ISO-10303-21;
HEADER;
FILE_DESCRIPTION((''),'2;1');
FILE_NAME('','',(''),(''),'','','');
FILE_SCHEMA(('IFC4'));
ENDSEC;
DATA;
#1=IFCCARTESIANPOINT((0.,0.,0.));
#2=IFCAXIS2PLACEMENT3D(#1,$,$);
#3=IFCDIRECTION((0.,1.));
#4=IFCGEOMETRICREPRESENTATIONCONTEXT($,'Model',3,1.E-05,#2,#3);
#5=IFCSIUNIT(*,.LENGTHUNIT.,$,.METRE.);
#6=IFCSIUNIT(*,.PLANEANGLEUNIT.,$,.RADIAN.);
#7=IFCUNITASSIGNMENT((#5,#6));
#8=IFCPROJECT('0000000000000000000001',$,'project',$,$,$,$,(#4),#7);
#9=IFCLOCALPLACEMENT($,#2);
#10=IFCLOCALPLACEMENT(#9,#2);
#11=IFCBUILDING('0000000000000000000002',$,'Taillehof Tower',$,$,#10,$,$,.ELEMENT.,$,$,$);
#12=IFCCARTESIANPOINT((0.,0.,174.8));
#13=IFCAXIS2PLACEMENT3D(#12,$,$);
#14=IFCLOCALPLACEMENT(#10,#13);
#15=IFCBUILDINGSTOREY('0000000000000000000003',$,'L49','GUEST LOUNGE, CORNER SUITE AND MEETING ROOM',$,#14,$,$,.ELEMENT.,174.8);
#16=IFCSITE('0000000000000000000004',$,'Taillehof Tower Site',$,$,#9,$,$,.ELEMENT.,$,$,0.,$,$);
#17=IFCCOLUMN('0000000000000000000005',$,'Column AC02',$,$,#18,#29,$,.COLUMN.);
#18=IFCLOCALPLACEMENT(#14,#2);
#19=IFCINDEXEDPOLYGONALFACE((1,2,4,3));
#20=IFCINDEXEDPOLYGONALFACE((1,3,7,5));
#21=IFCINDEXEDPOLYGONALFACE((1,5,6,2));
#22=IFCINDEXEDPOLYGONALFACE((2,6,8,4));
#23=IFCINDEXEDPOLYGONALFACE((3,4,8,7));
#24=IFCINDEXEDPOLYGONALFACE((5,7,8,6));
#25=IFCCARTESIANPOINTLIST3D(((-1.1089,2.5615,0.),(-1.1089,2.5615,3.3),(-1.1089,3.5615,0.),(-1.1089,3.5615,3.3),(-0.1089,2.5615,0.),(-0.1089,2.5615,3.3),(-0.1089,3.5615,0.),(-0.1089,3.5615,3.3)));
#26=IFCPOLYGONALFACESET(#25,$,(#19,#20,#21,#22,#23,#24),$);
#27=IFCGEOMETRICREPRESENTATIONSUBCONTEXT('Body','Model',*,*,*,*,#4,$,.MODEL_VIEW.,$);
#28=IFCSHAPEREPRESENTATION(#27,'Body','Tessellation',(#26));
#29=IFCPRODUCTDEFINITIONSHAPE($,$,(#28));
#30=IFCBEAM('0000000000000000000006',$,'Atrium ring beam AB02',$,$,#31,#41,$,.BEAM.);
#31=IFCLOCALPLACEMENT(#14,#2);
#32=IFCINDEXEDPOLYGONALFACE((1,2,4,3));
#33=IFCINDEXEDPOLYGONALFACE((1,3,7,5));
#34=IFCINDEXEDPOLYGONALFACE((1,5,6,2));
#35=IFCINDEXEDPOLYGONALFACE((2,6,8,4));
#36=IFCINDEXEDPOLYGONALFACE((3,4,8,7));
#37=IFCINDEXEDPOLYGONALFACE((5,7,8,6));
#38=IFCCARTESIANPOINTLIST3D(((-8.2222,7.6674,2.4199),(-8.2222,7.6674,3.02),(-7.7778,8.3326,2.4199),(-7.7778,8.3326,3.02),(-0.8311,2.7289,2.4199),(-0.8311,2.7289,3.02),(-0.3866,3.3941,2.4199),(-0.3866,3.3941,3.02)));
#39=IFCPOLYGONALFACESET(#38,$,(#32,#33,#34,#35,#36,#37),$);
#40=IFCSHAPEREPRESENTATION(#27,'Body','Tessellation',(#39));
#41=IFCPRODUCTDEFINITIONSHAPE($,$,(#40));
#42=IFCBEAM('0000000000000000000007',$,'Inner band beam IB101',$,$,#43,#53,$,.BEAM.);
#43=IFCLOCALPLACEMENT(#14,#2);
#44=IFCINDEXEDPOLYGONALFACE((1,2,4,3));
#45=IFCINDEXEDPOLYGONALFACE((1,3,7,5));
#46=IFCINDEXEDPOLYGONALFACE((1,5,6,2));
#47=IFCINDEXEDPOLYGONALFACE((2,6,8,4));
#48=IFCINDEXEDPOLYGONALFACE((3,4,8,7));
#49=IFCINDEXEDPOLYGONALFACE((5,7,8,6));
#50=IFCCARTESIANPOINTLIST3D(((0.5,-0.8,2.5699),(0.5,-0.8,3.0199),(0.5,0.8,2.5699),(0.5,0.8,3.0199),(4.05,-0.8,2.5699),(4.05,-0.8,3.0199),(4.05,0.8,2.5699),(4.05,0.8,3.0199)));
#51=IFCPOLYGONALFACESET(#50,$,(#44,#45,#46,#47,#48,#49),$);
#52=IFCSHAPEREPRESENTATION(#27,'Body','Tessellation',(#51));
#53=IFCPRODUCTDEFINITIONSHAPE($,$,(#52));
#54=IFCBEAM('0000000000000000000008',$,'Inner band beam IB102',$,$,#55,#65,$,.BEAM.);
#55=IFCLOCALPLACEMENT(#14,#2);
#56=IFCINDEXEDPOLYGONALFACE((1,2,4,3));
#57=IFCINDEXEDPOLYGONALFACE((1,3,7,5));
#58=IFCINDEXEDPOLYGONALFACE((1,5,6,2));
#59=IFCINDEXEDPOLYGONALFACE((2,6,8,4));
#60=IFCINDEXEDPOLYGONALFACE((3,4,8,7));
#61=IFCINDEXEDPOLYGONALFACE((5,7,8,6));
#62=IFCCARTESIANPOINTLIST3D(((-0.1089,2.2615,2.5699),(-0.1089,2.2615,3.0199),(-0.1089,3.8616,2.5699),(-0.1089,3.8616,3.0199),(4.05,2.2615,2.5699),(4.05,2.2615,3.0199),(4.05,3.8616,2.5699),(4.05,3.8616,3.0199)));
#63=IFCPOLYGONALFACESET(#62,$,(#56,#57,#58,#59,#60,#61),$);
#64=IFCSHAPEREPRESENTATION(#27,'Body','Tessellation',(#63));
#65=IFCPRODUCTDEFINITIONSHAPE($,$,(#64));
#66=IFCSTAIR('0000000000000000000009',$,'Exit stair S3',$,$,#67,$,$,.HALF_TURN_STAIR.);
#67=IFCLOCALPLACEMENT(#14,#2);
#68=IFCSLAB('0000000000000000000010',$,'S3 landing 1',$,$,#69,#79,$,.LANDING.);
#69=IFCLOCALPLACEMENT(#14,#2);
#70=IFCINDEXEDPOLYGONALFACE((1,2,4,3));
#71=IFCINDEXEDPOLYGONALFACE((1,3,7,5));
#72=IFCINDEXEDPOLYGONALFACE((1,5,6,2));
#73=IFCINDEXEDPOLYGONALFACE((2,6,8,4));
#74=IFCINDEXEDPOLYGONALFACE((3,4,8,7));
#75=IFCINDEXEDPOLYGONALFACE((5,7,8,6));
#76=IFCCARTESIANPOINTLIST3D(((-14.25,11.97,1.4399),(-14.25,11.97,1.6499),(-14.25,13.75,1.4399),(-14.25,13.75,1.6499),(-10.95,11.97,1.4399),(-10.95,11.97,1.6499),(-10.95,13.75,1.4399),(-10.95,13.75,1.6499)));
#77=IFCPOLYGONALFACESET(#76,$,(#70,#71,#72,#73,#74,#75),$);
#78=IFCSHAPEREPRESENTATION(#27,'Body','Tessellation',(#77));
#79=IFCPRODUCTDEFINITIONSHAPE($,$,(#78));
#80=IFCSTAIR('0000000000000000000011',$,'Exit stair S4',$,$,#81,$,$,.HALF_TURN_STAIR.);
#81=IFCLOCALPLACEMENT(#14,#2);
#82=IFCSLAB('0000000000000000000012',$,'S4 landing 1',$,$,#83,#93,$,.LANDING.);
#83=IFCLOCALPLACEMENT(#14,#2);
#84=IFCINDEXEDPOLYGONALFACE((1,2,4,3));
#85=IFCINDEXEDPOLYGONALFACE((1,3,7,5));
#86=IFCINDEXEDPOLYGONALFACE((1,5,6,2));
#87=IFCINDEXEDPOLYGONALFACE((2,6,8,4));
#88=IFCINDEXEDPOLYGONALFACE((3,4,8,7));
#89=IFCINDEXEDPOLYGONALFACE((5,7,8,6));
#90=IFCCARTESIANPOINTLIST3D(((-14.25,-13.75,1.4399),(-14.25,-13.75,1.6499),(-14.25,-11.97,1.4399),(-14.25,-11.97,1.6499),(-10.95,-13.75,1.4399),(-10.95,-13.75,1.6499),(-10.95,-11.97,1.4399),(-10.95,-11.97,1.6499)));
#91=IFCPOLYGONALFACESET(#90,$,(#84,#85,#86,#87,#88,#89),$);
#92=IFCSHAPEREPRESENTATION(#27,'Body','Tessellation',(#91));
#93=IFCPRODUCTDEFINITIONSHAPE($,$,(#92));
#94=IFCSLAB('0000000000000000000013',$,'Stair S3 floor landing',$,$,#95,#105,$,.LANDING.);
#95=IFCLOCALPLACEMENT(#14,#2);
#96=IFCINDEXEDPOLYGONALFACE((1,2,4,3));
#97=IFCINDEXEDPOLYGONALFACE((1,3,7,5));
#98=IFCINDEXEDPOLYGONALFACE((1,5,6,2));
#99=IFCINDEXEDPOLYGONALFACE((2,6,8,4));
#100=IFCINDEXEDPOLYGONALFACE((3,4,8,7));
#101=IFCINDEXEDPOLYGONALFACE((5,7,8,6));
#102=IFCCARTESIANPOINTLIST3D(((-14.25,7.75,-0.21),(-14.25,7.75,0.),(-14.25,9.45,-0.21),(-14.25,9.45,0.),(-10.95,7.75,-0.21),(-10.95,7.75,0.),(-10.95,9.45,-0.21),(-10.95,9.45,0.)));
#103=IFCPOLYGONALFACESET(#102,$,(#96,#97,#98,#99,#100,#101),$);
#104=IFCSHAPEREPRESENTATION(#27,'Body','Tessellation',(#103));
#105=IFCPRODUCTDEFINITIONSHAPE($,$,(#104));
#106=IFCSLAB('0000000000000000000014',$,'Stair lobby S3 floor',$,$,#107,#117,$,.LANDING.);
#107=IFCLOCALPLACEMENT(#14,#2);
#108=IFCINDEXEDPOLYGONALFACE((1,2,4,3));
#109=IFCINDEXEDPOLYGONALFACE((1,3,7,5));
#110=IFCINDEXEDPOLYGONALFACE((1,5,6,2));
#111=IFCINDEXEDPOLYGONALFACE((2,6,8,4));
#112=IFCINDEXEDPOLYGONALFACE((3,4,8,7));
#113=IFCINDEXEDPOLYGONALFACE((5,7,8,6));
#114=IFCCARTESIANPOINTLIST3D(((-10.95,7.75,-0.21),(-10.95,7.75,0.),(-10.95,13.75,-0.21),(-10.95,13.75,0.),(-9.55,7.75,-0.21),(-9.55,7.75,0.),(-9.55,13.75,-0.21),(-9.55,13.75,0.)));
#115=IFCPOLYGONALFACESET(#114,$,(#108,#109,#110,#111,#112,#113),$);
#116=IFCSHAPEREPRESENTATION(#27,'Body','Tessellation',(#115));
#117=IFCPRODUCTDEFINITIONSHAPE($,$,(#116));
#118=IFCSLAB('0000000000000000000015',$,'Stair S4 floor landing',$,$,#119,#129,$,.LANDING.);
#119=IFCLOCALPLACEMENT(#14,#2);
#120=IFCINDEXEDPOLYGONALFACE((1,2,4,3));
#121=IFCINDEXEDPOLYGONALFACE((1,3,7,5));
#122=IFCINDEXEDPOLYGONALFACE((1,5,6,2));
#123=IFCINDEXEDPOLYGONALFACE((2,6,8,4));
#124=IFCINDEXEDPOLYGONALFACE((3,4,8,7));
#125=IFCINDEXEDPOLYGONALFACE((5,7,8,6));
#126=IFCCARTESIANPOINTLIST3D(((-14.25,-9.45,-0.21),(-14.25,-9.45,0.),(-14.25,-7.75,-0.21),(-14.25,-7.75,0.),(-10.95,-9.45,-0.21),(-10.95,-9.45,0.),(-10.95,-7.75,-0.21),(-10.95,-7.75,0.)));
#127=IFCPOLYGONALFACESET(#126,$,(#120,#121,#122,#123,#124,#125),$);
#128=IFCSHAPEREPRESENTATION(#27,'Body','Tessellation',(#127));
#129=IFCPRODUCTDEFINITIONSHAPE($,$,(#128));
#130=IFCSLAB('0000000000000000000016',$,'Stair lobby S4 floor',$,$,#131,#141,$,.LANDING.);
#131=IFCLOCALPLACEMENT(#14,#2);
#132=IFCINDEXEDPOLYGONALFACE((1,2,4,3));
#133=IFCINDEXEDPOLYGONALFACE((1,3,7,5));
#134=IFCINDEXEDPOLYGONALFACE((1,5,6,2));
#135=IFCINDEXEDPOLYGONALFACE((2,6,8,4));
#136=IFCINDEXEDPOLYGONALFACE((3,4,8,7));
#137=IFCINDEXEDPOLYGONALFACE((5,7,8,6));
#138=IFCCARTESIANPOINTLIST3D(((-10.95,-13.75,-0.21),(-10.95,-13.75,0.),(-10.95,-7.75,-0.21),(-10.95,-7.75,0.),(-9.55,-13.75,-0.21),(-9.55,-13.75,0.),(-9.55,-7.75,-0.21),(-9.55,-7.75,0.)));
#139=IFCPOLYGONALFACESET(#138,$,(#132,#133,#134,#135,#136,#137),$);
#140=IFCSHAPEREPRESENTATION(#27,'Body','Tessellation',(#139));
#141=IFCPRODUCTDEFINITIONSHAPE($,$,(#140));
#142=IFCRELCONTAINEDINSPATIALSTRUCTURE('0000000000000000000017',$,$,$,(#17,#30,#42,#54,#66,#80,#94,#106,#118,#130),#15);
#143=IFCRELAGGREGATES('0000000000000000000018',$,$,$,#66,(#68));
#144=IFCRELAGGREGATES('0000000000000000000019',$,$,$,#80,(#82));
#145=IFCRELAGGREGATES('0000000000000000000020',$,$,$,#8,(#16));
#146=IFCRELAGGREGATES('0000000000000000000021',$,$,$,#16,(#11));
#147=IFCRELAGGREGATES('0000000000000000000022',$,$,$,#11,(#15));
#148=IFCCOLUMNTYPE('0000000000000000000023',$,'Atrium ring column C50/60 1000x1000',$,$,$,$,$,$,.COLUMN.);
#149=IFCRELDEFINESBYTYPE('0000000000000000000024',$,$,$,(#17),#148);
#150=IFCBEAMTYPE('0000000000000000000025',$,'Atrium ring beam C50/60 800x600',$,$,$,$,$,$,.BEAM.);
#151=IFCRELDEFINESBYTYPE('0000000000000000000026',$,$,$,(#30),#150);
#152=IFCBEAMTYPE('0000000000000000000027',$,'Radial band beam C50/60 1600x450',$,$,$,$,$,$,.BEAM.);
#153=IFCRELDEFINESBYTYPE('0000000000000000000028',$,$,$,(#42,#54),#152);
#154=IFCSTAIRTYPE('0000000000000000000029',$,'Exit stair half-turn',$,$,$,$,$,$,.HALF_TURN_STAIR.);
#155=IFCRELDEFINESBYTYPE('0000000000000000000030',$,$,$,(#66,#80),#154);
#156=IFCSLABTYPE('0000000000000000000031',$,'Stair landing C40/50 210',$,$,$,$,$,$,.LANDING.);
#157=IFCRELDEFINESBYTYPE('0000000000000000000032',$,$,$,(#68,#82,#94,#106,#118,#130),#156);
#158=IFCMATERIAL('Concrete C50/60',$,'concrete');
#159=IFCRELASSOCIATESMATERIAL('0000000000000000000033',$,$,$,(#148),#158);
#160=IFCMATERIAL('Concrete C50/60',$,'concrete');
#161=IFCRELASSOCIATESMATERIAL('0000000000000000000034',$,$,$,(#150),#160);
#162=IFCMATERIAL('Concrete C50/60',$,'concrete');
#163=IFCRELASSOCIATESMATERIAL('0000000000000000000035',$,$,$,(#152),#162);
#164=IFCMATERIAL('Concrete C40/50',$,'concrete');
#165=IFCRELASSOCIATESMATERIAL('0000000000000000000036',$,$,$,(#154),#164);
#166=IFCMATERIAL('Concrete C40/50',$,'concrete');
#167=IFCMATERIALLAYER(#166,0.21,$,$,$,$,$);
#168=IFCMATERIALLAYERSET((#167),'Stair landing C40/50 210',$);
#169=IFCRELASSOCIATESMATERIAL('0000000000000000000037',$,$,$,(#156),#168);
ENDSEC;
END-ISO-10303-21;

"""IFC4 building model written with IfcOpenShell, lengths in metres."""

from ifc_helpers import new_model, si_unit, direction, frame, origin, origin_2d, place, context, subcontext, project, spatial, polyline, rectangle, outline, extrude, material, layer, layer_set, material_profile, profile_set, type_object, element, aggregate, save


model = new_model("IFC4")

# Units and contexts
model_context = context("Model", 3, precision=1e-05, world=origin(), true_north=direction((0.0, 1.0)))
body_context = subcontext(model_context, "Body", "Model", "MODEL_VIEW")
ifc_project = project(units=[si_unit("LENGTHUNIT", "METRE"), si_unit("PLANEANGLEUNIT", "RADIAN")], contexts=[model_context])

# Site, building, storey
site_placement = place(None, origin())
site = spatial("IfcSite", under=ifc_project, at=site_placement, Name="Taillehof Tower Site", CompositionType="ELEMENT", RefElevation=0.0)
building_placement = place(site_placement, origin())
building = spatial("IfcBuilding", under=site, at=building_placement, Name="Taillehof Tower", CompositionType="ELEMENT")
storey_placement = place(building_placement, frame((0.0, 0.0, 174.8)))
storey = spatial("IfcBuildingStorey", under=building, at=storey_placement, Name="L49", Description="GUEST LOUNGE, CORNER SUITE AND MEETING ROOM", CompositionType="ELEMENT", Elevation=174.8)

# Column
ifc_material_1 = material(Name="Concrete C50/60", Category="concrete")
ifc_material_profile_1 = material_profile(ifc_material_1, rectangle(XDim=1.0, YDim=1.0, at=origin_2d()), Name="RC 1000x1000")
ifc_profile_set_1 = profile_set([ifc_material_profile_1], Name="Concrete C50/60")
column_type = type_object("IfcColumnType", Name="Atrium ring column C50/60 1000x1000", PredefinedType="COLUMN", material=ifc_profile_set_1)
column_placement = place(storey_placement, frame((-0.6089, 3.0615, 0.0), z_axis=(0.0, 0.0, 1.0), x_axis=(1.0, 0.0, 0.0)))
element("IfcColumn", 1, at=column_placement, inside=storey, type_object=column_type, Name="Column AC02", PredefinedType="COLUMN", context=body_context, shape_type="SweptSolid", body=[
    extrude(rectangle(XDim=1.0, YDim=1.0, at=origin_2d()), origin(), (0.0, 0.0, 1.0), 3.3),
])

# Beams
ifc_material_2 = material(Name="Concrete C50/60", Category="concrete")
ifc_material_profile_2 = material_profile(ifc_material_2, rectangle(XDim=0.8, YDim=0.6001, at=origin_2d()), Name="RC 800x600")
ifc_profile_set_2 = profile_set([ifc_material_profile_2], Name="Concrete C50/60")
beam_type_1 = type_object("IfcBeamType", Name="Atrium ring beam C50/60 800x600", PredefinedType="BEAM", material=ifc_profile_set_2)
beam_1_placement = place(storey_placement, frame((-0.6089, 3.0615, 2.72), z_axis=(-0.831475, 0.555562, 0.0), x_axis=(-0.555562, -0.831475, 0.0)))
element("IfcBeam", 2, at=beam_1_placement, inside=storey, type_object=beam_type_1, Name="Atrium ring beam AB02", PredefinedType="BEAM", context=body_context, shape_type="SweptSolid", body=[
    extrude(rectangle(XDim=0.8, YDim=0.6001, at=origin_2d()), origin(), (0.0, 0.0, 1.0), 8.8892),
])
ifc_material_3 = material(Name="Concrete C50/60", Category="concrete")
ifc_material_profile_3 = material_profile(ifc_material_3, rectangle(XDim=1.6001, YDim=0.45, at=origin_2d()), Name="RC 1600x450")
ifc_profile_set_3 = profile_set([ifc_material_profile_3], Name="Concrete C50/60")
beam_type_2 = type_object("IfcBeamType", Name="Radial band beam C50/60 1600x450", PredefinedType="BEAM", material=ifc_profile_set_3)
beam_2_placement = place(storey_placement, frame((0.5, 0.0, 2.7949), z_axis=(1.0, 0.0, 0.0), x_axis=(0.0, 1.0, 0.0)))
element("IfcBeam", 3, at=beam_2_placement, inside=storey, type_object=beam_type_2, Name="Inner band beam IB101", PredefinedType="BEAM", context=body_context, shape_type="SweptSolid", body=[
    extrude(rectangle(XDim=1.6001, YDim=0.45, at=origin_2d()), origin(), (0.0, 0.0, 1.0), 3.55),
])
beam_3_placement = place(storey_placement, frame((-0.1089, 3.0615, 2.7949), z_axis=(1.0, 0.0, 0.0), x_axis=(0.0, 1.0, 0.0)))
element("IfcBeam", 4, at=beam_3_placement, inside=storey, type_object=beam_type_2, Name="Inner band beam IB102", PredefinedType="BEAM", context=body_context, shape_type="SweptSolid", body=[
    extrude(rectangle(XDim=1.6001, YDim=0.45, at=origin_2d()), origin(), (0.0, 0.0, 1.0), 4.1589),
])

# Stairs, slabs
ifc_material_4 = material(Name="Concrete C40/50", Category="concrete")
stair_type = type_object("IfcStairType", Name="Exit stair half-turn", PredefinedType="HALF_TURN_STAIR", material=ifc_material_4)
stair_1_placement = place(storey_placement, origin())
stair_1 = element("IfcStair", 5, at=stair_1_placement, inside=storey, type_object=stair_type, Name="Exit stair S3", PredefinedType="HALF_TURN_STAIR")
ifc_material_5 = material(Name="Concrete C40/50", Category="concrete")
ifc_layer_1 = layer(ifc_material_5, 0.21)
ifc_layer_set_1 = layer_set([ifc_layer_1], Name="Stair landing C40/50 210")
slab_type = type_object("IfcSlabType", Name="Stair landing C40/50 210", PredefinedType="LANDING", material=ifc_layer_set_1)
slab_1_placement = place(storey_placement, frame((0.0, 0.0, 1.4399)))
slab_1 = element("IfcSlab", 6, at=slab_1_placement, type_object=slab_type, Name="S3 landing 1", PredefinedType="LANDING", context=body_context, shape_type="SweptSolid", body=[
    extrude(outline(polyline([(-14.25, 11.97), (-14.25, 13.75), (-10.95, 13.75), (-10.95, 11.97), (-14.25, 11.97)])), origin(), (0.0, 0.0, 1.0), 0.21),
])
aggregate(stair_1, [slab_1])
stair_2_placement = place(storey_placement, origin())
stair_2 = element("IfcStair", 7, at=stair_2_placement, inside=storey, type_object=stair_type, Name="Exit stair S4", PredefinedType="HALF_TURN_STAIR")
slab_2_placement = place(storey_placement, frame((0.0, 0.0, 1.4399)))
slab_2 = element("IfcSlab", 8, at=slab_2_placement, type_object=slab_type, Name="S4 landing 1", PredefinedType="LANDING", context=body_context, shape_type="SweptSolid", body=[
    extrude(outline(polyline([(-14.25, -11.97), (-14.25, -13.75), (-10.95, -13.75), (-10.95, -11.97), (-14.25, -11.97)])), origin(), (0.0, 0.0, 1.0), 0.21),
])
aggregate(stair_2, [slab_2])

# Slabs
slab_3_placement = place(storey_placement, frame((0.0, 0.0, -0.21)))
element("IfcSlab", 9, at=slab_3_placement, inside=storey, type_object=slab_type, Name="Stair S3 floor landing", PredefinedType="LANDING", context=body_context, shape_type="SweptSolid", body=[
    extrude(outline(polyline([(-14.25, 7.75), (-14.25, 9.45), (-10.95, 9.45), (-10.95, 7.75), (-14.25, 7.75)])), origin(), (0.0, 0.0, 1.0), 0.21),
])
slab_4_placement = place(storey_placement, frame((0.0, 0.0, -0.21)))
element("IfcSlab", 10, at=slab_4_placement, inside=storey, type_object=slab_type, Name="Stair lobby S3 floor", PredefinedType="LANDING", context=body_context, shape_type="SweptSolid", body=[
    extrude(outline(polyline([(-10.95, 7.75), (-9.55, 7.75), (-9.55, 13.75), (-10.95, 13.75), (-10.95, 7.75)])), origin(), (0.0, 0.0, 1.0), 0.21),
])
slab_5_placement = place(storey_placement, frame((0.0, 0.0, -0.21)))
element("IfcSlab", 11, at=slab_5_placement, inside=storey, type_object=slab_type, Name="Stair S4 floor landing", PredefinedType="LANDING", context=body_context, shape_type="SweptSolid", body=[
    extrude(outline(polyline([(-14.25, -7.75), (-14.25, -9.45), (-10.95, -9.45), (-10.95, -7.75), (-14.25, -7.75)])), origin(), (0.0, 0.0, 1.0), 0.21),
])
slab_6_placement = place(storey_placement, frame((0.0, 0.0, -0.21)))
element("IfcSlab", 12, at=slab_6_placement, inside=storey, type_object=slab_type, Name="Stair lobby S4 floor", PredefinedType="LANDING", context=body_context, shape_type="SweptSolid", body=[
    extrude(outline(polyline([(-10.95, -13.75), (-9.55, -13.75), (-9.55, -7.75), (-10.95, -7.75), (-10.95, -13.75)])), origin(), (0.0, 0.0, 1.0), 0.21),
])

save(model, "model.ifc")
